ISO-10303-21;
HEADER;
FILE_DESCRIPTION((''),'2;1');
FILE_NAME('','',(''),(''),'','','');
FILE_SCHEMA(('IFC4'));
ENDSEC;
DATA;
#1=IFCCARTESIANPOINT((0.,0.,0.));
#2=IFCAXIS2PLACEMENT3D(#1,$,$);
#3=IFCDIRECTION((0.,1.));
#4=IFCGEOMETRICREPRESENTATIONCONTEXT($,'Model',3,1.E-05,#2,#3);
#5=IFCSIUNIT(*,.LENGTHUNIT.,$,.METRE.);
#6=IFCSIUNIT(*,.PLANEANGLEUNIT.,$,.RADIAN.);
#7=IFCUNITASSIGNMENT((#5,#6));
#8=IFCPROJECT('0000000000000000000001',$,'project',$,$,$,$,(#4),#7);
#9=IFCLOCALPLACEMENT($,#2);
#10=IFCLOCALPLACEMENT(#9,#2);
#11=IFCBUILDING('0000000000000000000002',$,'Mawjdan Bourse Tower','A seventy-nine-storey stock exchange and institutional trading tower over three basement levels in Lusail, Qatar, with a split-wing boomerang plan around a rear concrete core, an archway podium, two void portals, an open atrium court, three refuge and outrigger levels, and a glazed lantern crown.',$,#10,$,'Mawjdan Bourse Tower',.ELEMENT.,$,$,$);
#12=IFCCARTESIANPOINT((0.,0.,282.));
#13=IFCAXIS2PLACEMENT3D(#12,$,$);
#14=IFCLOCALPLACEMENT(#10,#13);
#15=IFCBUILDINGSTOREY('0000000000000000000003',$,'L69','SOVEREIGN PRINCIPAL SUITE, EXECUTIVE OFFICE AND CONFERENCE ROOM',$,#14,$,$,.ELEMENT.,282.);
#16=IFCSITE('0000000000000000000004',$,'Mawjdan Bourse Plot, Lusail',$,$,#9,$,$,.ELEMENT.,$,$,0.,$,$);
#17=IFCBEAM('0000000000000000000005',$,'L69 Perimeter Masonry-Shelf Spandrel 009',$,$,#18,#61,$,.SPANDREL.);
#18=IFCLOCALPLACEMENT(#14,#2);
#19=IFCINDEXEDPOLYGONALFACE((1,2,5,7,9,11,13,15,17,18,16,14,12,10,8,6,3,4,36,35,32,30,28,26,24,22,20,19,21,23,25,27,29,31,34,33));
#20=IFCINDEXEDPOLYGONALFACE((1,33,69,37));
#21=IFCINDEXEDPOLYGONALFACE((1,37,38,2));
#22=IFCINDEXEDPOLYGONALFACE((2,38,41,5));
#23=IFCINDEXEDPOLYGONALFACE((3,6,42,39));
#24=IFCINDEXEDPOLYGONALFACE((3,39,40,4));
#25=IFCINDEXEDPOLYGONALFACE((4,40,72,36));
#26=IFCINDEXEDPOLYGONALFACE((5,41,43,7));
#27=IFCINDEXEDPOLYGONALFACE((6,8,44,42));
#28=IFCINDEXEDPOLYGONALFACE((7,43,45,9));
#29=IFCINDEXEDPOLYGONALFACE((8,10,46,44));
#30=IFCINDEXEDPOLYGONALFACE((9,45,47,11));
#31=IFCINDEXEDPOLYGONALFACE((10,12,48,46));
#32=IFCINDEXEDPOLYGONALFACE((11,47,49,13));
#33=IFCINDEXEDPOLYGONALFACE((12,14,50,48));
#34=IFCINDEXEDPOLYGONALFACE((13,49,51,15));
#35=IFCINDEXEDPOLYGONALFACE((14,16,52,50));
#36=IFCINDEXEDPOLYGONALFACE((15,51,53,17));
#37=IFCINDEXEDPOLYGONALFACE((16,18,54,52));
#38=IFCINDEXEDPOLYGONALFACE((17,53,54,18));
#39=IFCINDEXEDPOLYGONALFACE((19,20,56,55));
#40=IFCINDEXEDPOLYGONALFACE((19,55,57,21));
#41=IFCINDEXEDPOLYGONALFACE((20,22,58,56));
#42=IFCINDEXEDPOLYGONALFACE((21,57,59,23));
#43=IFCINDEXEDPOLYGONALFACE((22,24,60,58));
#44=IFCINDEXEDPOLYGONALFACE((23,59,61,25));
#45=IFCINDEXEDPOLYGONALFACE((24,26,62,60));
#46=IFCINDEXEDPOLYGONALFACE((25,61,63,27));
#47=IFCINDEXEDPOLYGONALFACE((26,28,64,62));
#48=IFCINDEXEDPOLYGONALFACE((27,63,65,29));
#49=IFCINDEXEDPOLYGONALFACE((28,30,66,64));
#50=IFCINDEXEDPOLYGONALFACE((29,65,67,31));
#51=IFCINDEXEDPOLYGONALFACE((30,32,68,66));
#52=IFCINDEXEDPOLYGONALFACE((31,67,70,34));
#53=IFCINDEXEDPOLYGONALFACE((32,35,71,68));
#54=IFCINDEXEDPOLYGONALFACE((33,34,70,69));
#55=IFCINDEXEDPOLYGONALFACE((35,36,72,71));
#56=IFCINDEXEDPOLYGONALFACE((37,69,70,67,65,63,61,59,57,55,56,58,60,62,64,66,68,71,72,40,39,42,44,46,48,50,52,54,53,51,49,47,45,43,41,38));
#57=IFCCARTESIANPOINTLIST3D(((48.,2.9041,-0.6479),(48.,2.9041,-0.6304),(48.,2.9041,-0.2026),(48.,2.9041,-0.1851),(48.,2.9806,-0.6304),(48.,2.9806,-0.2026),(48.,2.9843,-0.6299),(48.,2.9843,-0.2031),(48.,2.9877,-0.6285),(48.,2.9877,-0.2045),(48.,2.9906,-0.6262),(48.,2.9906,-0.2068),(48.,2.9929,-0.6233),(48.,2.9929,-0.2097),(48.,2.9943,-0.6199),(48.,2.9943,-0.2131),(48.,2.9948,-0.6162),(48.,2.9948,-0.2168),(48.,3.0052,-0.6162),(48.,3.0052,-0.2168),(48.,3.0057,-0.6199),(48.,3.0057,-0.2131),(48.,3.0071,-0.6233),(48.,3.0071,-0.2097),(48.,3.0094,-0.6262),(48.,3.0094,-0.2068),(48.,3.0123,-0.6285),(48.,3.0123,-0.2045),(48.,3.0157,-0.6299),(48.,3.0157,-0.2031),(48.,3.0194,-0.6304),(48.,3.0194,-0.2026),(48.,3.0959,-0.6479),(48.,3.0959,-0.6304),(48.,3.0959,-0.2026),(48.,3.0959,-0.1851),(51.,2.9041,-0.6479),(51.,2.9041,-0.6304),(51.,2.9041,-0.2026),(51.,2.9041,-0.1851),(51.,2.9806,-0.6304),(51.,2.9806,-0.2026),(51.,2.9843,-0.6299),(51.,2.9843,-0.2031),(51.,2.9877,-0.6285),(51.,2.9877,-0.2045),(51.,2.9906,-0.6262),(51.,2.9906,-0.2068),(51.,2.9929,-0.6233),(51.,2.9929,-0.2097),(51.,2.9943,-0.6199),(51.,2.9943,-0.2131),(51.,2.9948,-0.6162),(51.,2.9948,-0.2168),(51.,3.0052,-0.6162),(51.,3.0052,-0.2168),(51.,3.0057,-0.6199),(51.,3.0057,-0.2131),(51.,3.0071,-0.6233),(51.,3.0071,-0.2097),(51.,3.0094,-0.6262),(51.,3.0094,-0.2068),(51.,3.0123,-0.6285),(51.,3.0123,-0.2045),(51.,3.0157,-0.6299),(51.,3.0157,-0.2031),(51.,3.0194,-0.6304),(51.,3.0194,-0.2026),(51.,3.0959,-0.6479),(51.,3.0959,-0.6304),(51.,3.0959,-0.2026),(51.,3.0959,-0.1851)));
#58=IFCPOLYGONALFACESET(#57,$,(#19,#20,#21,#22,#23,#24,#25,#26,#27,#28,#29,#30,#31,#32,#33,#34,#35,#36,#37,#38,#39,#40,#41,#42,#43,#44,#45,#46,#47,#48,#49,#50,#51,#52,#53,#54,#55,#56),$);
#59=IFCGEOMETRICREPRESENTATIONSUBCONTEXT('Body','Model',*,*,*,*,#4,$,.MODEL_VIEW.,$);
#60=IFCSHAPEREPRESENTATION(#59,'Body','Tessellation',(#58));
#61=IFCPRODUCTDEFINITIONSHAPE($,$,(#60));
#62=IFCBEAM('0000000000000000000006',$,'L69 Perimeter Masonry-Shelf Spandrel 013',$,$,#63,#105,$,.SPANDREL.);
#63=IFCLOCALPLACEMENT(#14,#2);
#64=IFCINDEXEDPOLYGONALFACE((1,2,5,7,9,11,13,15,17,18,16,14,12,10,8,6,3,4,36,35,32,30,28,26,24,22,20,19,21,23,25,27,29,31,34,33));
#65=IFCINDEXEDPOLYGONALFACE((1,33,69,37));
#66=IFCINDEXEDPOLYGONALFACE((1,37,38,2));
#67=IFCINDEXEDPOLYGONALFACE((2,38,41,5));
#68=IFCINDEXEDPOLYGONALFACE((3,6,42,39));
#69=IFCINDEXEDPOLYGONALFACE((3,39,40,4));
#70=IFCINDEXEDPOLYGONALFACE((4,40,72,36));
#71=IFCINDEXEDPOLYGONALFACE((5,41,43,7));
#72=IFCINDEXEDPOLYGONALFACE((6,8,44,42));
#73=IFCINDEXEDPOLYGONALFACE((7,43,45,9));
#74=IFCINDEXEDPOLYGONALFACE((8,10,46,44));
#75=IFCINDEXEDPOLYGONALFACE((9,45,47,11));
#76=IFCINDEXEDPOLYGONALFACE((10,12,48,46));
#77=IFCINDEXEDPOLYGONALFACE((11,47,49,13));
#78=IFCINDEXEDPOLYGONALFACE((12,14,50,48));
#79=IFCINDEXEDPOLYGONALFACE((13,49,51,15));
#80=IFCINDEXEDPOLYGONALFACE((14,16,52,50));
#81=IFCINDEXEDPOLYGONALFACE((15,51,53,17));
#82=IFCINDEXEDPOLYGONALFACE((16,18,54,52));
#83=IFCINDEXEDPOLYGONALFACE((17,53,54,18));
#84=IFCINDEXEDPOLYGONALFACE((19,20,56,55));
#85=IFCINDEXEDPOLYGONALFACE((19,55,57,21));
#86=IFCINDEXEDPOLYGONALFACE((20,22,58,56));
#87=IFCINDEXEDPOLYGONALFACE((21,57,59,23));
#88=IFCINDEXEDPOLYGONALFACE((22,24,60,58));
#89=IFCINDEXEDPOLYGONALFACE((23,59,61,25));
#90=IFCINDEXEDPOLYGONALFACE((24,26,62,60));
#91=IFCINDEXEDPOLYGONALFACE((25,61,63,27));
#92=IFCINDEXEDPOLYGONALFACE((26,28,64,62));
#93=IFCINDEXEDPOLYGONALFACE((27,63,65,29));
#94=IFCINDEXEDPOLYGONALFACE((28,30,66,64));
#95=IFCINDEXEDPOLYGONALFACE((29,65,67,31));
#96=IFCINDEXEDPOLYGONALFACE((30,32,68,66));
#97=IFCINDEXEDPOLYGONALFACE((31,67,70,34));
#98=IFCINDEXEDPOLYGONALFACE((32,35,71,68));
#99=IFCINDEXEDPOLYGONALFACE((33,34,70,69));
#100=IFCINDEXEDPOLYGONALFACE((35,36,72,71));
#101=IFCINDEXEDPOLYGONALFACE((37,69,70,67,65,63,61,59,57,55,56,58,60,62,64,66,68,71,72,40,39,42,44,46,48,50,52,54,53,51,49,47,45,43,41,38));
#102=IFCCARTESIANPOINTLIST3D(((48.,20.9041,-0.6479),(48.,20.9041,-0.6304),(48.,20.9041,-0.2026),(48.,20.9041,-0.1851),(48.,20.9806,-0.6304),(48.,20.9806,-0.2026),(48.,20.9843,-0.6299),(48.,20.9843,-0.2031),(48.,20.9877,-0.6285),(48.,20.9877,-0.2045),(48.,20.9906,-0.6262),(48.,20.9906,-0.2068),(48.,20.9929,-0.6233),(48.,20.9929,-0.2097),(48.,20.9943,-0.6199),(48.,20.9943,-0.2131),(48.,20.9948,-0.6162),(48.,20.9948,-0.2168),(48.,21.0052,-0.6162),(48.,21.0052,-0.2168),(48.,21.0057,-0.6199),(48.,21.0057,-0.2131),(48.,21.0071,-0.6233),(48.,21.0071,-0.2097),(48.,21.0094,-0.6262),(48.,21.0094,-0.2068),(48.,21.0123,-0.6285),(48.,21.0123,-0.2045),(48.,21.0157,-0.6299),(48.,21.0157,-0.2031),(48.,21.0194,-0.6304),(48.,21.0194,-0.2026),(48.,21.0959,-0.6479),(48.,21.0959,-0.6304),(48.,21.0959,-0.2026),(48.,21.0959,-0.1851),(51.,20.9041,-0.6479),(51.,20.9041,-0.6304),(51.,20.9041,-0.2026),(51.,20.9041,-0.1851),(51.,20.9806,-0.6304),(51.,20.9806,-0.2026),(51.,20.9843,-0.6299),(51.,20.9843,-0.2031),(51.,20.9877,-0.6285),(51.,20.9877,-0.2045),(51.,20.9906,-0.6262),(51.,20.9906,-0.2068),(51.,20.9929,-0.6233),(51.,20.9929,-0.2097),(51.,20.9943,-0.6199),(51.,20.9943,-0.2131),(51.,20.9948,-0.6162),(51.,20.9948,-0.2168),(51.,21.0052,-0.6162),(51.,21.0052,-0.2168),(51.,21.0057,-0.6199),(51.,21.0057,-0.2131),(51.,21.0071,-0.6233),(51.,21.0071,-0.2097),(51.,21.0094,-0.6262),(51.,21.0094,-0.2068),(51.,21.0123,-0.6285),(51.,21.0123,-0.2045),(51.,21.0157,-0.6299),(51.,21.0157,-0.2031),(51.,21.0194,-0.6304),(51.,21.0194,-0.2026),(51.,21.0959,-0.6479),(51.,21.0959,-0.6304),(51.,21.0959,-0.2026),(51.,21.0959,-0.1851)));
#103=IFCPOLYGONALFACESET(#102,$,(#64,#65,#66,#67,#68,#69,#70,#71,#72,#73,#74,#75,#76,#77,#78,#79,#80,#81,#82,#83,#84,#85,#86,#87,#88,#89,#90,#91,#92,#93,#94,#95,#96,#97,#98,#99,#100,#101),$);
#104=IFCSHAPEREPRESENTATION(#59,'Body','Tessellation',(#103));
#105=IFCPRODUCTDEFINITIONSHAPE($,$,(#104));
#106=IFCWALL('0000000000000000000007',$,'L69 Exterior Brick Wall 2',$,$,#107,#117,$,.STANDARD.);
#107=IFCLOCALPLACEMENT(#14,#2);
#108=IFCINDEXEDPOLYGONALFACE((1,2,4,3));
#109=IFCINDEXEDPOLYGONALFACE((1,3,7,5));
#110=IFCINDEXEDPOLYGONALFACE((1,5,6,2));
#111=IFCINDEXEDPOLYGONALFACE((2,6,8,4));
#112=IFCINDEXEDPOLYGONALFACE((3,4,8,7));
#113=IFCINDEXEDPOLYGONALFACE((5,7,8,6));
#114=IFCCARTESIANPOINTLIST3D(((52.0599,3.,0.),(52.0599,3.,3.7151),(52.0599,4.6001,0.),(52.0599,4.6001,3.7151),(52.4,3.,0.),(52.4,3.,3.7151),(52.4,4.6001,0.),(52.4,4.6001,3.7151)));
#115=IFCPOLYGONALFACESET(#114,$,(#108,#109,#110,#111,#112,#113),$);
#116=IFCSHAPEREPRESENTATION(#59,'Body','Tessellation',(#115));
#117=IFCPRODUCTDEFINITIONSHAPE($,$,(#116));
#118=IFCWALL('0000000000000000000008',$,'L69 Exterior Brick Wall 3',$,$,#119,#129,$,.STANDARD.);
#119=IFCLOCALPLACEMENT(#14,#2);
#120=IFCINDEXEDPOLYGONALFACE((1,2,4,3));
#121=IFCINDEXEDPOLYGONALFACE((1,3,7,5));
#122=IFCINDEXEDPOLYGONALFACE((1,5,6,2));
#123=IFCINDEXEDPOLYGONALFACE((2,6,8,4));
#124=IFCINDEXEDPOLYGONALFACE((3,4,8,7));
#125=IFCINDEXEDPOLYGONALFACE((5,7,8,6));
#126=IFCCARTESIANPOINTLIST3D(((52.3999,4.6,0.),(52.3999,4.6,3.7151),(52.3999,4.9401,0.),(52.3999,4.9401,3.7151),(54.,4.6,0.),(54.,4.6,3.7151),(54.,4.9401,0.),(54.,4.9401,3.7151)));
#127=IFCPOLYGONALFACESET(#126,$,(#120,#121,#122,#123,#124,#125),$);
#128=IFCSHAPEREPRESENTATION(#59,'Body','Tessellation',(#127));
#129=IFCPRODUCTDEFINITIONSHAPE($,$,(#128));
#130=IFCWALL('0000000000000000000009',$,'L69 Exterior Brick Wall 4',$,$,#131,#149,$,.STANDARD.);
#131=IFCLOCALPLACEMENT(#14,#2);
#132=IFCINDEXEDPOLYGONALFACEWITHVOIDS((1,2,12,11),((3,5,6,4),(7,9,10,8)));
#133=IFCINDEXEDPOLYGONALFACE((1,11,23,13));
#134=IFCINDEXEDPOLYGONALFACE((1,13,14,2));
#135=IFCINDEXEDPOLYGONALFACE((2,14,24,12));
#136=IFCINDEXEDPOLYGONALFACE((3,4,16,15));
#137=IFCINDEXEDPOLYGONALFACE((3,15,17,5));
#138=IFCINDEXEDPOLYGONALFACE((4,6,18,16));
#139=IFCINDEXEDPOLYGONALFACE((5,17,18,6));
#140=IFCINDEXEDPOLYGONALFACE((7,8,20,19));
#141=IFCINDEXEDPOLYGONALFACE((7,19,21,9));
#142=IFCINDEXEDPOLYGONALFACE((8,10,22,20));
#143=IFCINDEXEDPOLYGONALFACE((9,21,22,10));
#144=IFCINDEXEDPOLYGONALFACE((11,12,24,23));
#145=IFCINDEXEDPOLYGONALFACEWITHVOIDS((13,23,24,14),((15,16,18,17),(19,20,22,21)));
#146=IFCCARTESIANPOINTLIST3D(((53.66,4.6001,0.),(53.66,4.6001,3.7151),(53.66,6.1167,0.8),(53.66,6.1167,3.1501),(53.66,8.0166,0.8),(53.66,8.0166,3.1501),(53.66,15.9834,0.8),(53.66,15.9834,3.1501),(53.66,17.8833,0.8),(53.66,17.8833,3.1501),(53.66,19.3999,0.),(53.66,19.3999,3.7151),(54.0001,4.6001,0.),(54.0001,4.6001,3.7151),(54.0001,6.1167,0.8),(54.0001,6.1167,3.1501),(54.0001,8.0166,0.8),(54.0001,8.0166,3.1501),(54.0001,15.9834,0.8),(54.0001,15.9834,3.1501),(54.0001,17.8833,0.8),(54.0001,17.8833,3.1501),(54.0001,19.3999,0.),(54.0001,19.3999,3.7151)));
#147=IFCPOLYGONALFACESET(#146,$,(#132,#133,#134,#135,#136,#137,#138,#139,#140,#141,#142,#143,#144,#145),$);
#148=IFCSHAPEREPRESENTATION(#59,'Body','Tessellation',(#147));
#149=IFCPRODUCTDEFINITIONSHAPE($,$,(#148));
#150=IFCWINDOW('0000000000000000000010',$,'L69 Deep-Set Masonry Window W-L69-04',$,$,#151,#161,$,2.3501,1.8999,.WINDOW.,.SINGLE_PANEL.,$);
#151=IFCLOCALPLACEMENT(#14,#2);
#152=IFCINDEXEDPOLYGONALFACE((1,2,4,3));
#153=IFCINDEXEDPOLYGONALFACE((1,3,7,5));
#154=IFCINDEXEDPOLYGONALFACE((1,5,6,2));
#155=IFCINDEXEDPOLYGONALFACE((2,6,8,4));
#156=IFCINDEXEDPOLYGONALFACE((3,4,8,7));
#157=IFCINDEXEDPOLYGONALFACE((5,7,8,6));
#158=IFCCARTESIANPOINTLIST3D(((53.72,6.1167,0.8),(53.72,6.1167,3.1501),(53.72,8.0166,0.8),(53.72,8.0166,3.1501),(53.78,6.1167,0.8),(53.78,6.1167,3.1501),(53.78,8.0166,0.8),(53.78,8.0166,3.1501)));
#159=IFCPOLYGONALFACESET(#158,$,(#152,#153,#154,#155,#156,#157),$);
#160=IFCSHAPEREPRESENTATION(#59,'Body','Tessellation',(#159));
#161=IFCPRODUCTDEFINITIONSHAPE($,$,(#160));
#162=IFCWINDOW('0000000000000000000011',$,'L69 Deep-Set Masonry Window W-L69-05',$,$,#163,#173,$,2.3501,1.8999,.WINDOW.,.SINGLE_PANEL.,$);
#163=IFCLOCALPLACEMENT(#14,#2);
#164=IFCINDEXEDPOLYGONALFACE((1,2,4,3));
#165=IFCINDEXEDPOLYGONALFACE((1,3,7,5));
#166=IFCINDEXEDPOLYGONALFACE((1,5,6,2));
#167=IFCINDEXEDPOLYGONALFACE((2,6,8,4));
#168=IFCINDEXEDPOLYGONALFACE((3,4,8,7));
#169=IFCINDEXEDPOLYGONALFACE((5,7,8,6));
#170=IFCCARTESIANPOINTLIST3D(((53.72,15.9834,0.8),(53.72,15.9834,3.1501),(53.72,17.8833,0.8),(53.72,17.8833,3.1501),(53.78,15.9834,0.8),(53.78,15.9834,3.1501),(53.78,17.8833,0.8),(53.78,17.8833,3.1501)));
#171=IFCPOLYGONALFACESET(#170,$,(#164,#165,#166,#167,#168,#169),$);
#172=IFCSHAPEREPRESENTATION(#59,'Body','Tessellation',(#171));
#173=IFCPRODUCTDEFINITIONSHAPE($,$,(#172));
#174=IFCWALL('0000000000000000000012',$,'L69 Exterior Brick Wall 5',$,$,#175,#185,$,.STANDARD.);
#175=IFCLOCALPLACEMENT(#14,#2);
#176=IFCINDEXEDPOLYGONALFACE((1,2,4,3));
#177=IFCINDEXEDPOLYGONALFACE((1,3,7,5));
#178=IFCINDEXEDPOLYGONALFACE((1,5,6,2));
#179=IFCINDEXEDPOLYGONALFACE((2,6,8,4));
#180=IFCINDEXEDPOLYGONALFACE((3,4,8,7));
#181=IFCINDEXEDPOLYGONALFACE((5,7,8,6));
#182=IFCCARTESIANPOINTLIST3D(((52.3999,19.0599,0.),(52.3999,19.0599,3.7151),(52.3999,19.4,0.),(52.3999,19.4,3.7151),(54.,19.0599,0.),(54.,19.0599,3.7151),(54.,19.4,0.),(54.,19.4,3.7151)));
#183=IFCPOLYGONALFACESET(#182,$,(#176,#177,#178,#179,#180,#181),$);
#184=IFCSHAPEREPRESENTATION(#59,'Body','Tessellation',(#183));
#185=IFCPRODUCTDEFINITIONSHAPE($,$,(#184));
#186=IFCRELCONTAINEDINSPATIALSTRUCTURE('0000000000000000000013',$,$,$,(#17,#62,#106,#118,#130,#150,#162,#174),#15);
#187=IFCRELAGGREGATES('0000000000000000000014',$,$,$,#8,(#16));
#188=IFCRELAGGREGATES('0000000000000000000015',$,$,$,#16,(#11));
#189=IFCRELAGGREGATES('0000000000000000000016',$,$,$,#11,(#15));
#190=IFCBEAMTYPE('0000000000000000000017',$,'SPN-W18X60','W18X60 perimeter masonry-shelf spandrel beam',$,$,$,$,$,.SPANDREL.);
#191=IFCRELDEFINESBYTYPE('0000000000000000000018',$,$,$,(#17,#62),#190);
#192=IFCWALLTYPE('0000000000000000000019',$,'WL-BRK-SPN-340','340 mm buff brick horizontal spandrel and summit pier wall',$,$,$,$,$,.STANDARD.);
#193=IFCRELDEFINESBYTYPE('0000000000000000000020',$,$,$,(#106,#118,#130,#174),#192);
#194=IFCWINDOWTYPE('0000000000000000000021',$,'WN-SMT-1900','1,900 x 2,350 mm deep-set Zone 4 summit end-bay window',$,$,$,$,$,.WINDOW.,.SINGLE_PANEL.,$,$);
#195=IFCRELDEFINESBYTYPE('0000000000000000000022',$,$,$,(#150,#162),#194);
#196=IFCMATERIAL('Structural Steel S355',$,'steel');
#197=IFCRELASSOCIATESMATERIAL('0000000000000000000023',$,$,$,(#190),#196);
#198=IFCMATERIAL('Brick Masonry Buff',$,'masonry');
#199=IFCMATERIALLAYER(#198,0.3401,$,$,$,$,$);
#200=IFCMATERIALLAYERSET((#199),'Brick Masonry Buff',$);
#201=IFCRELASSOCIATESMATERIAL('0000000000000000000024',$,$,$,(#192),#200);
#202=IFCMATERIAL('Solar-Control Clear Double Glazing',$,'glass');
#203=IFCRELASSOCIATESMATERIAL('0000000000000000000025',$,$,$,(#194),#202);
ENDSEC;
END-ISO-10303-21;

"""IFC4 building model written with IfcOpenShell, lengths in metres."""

from ifc_helpers import new_model, si_unit, direction, frame, frame_2d, origin, origin_2d, place, context, subcontext, project, spatial, rectangle, i_section, extrude, material, layer, layer_set, material_profile, profile_set, type_object, element, fill, save


model = new_model("IFC4")

# Units and contexts
model_context = context("Model", 3, precision=1e-05, world=origin(), true_north=direction((0.0, 1.0)))
body_context = subcontext(model_context, "Body", "Model", "MODEL_VIEW")
ifc_project = project(units=[si_unit("LENGTHUNIT", "METRE"), si_unit("PLANEANGLEUNIT", "RADIAN")], contexts=[model_context])

# Site, building, storey
site_placement = place(None, origin())
site = spatial("IfcSite", under=ifc_project, at=site_placement, Name="Mawjdan Bourse Plot, Lusail", CompositionType="ELEMENT", RefElevation=0.0)
building_placement = place(site_placement, origin())
building = spatial("IfcBuilding", under=site, at=building_placement, Name="Mawjdan Bourse Tower", Description="A seventy-nine-storey stock exchange and institutional trading tower over three basement levels in Lusail, Qatar, with a split-wing boomerang plan around a rear concrete core, an archway podium, two void portals, an open atrium court, three refuge and outrigger levels, and a glazed lantern crown.", LongName="Mawjdan Bourse Tower", CompositionType="ELEMENT")
storey_placement = place(building_placement, frame((0.0, 0.0, 282.0)))
storey = spatial("IfcBuildingStorey", under=building, at=storey_placement, Name="L69", Description="SOVEREIGN PRINCIPAL SUITE, EXECUTIVE OFFICE AND CONFERENCE ROOM", CompositionType="ELEMENT", Elevation=282.0)

# Beams
ifc_material_1 = material(Name="Structural Steel S355", Category="steel")
ifc_material_profile_1 = material_profile(ifc_material_1, i_section(OverallWidth=0.1919, OverallDepth=0.4629, WebThickness=0.0105, FlangeThickness=0.0176, FilletRadius=0.0142, at=origin_2d()), Name="W18X60")
ifc_profile_set_1 = profile_set([ifc_material_profile_1], Name="Structural Steel S355")
beam_type_1 = type_object("IfcBeamType", Name="SPN-W18X60", Description="W18X60 perimeter masonry-shelf spandrel beam", PredefinedType="SPANDREL", material=ifc_profile_set_1)
for number, where, z_axis, x_axis, name in (
    (1, (48.0, 3.0, -0.4165), (1.0, 0.0, 0.0), (0.0, 1.0, 0.0), "L69 Perimeter Masonry-Shelf Spandrel 009"),
    (2, (48.0, 21.0, -0.4165), (1.0, 0.0, 0.0), (0.0, 1.0, 0.0), "L69 Perimeter Masonry-Shelf Spandrel 013"),
):
    element("IfcBeam", number, at=place(storey_placement, frame(where, z_axis=z_axis, x_axis=x_axis)), inside=storey, type_object=beam_type_1, Name=name, PredefinedType="SPANDREL", context=body_context, shape_type="SweptSolid", body=[
        extrude(i_section(OverallWidth=0.1919, OverallDepth=0.4629, WebThickness=0.0105, FlangeThickness=0.0176, FilletRadius=0.0142, at=origin_2d()), origin(), (0.0, 0.0, 1.0), 3.0),
    ])

# Walls
ifc_material_2 = material(Name="Brick Masonry Buff", Category="masonry")
ifc_layer = layer(ifc_material_2, 0.3401)
ifc_layer_set = layer_set([ifc_layer], Name="Brick Masonry Buff")
wall_type = type_object("IfcWallType", Name="WL-BRK-SPN-340", Description="340 mm buff brick horizontal spandrel and summit pier wall", PredefinedType="STANDARD", material=ifc_layer_set)
for number, where, z_axis, x_axis, name in (
    (3, (52.23, 3.0, 0.0), (0.0, 0.0, 1.0), (0.0, 1.0, 0.0), "L69 Exterior Brick Wall 2"),
    (4, (52.3999, 4.77, 0.0), (0.0, 0.0, 1.0), (1.0, 0.0, 0.0), "L69 Exterior Brick Wall 3"),
):
    element("IfcWall", number, at=place(storey_placement, frame(where, z_axis=z_axis, x_axis=x_axis)), inside=storey, type_object=wall_type, Name=name, PredefinedType="STANDARD", context=body_context, shape_type="SweptSolid", body=[
        extrude(rectangle(XDim=1.6001, YDim=0.3401, at=frame_2d((0.8, 0.0))), origin(), (0.0, 0.0, 1.0), 3.7151),
    ])

# Wall, openings, windows
wall_1_placement = place(storey_placement, frame((53.8301, 4.6001, 0.0), z_axis=(0.0, 0.0, 1.0), x_axis=(0.0, 1.0, 0.0)))
wall_1 = element("IfcWall", 5, at=wall_1_placement, inside=storey, type_object=wall_type, Name="L69 Exterior Brick Wall 4", PredefinedType="STANDARD", context=body_context, shape_type="SweptSolid", body=[
    extrude(rectangle(XDim=14.7998, YDim=0.3401, at=frame_2d((7.3999, 0.0))), origin(), (0.0, 0.0, 1.0), 3.7151),
])
opening_1_placement = place(wall_1_placement, frame((1.5166, 0.0, 0.8)))
opening_1 = element("IfcOpeningElement", 6, at=opening_1_placement, cuts=wall_1, PredefinedType="OPENING", context=body_context, shape_type="SweptSolid", body=[
    extrude(rectangle(XDim=1.8999, YDim=2.3501, at=frame_2d((0.95, 1.175))), frame((0.0, 0.1802, 0.0), z_axis=(0.0, -1.0, 0.0), x_axis=(1.0, 0.0, 0.0)), (0.0, 0.0, 1.0), 0.3601),
])
opening_2_placement = place(wall_1_placement, frame((11.3833, 0.0, 0.8)))
opening_2 = element("IfcOpeningElement", 7, at=opening_2_placement, cuts=wall_1, PredefinedType="OPENING", context=body_context, shape_type="SweptSolid", body=[
    extrude(rectangle(XDim=1.8999, YDim=2.3501, at=frame_2d((0.95, 1.175))), frame((0.0, 0.1802, 0.0), z_axis=(0.0, -1.0, 0.0), x_axis=(1.0, 0.0, 0.0)), (0.0, 0.0, 1.0), 0.3601),
])
ifc_material_3 = material(Name="Solar-Control Clear Double Glazing", Category="glass")
window_type_1 = type_object("IfcWindowType", Name="WN-SMT-1900", Description="1,900 x 2,350 mm deep-set Zone 4 summit end-bay window", PartitioningType="SINGLE_PANEL", PredefinedType="WINDOW", material=ifc_material_3)
window_1_placement = place(opening_1_placement, origin())
window_1 = element("IfcWindow", 8, at=window_1_placement, inside=storey, type_object=window_type_1, Name="L69 Deep-Set Masonry Window W-L69-04", OverallHeight=2.3501, OverallWidth=1.8999, PartitioningType="SINGLE_PANEL", PredefinedType="WINDOW", context=body_context, shape_type="SweptSolid", body=[
    extrude(rectangle(XDim=1.8999, YDim=2.3501, at=frame_2d((0.95, 1.175))), frame((0.0, 0.1101, 0.0), z_axis=(0.0, -1.0, 0.0), x_axis=(1.0, 0.0, 0.0)), (0.0, 0.0, 1.0), 0.0601),
])
fill(opening_1, window_1)
window_2_placement = place(opening_2_placement, origin())
window_2 = element("IfcWindow", 9, at=window_2_placement, inside=storey, type_object=window_type_1, Name="L69 Deep-Set Masonry Window W-L69-05", OverallHeight=2.3501, OverallWidth=1.8999, PartitioningType="SINGLE_PANEL", PredefinedType="WINDOW", context=body_context, shape_type="SweptSolid", body=[
    extrude(rectangle(XDim=1.8999, YDim=2.3501, at=frame_2d((0.95, 1.175))), frame((0.0, 0.1101, 0.0), z_axis=(0.0, -1.0, 0.0), x_axis=(1.0, 0.0, 0.0)), (0.0, 0.0, 1.0), 0.0601),
])
fill(opening_2, window_2)

# Wall
for number, where, z_axis, x_axis, name in (
    (10, (54.0, 19.23, 0.0), (0.0, 0.0, 1.0), (-1.0, 0.0, 0.0), "L69 Exterior Brick Wall 5"),
):
    element("IfcWall", number, at=place(storey_placement, frame(where, z_axis=z_axis, x_axis=x_axis)), inside=storey, type_object=wall_type, Name=name, PredefinedType="STANDARD", context=body_context, shape_type="SweptSolid", body=[
        extrude(rectangle(XDim=1.6001, YDim=0.3401, at=frame_2d((0.8, 0.0))), origin(), (0.0, 0.0, 1.0), 3.7151),
    ])

save(model, "model.ifc")
